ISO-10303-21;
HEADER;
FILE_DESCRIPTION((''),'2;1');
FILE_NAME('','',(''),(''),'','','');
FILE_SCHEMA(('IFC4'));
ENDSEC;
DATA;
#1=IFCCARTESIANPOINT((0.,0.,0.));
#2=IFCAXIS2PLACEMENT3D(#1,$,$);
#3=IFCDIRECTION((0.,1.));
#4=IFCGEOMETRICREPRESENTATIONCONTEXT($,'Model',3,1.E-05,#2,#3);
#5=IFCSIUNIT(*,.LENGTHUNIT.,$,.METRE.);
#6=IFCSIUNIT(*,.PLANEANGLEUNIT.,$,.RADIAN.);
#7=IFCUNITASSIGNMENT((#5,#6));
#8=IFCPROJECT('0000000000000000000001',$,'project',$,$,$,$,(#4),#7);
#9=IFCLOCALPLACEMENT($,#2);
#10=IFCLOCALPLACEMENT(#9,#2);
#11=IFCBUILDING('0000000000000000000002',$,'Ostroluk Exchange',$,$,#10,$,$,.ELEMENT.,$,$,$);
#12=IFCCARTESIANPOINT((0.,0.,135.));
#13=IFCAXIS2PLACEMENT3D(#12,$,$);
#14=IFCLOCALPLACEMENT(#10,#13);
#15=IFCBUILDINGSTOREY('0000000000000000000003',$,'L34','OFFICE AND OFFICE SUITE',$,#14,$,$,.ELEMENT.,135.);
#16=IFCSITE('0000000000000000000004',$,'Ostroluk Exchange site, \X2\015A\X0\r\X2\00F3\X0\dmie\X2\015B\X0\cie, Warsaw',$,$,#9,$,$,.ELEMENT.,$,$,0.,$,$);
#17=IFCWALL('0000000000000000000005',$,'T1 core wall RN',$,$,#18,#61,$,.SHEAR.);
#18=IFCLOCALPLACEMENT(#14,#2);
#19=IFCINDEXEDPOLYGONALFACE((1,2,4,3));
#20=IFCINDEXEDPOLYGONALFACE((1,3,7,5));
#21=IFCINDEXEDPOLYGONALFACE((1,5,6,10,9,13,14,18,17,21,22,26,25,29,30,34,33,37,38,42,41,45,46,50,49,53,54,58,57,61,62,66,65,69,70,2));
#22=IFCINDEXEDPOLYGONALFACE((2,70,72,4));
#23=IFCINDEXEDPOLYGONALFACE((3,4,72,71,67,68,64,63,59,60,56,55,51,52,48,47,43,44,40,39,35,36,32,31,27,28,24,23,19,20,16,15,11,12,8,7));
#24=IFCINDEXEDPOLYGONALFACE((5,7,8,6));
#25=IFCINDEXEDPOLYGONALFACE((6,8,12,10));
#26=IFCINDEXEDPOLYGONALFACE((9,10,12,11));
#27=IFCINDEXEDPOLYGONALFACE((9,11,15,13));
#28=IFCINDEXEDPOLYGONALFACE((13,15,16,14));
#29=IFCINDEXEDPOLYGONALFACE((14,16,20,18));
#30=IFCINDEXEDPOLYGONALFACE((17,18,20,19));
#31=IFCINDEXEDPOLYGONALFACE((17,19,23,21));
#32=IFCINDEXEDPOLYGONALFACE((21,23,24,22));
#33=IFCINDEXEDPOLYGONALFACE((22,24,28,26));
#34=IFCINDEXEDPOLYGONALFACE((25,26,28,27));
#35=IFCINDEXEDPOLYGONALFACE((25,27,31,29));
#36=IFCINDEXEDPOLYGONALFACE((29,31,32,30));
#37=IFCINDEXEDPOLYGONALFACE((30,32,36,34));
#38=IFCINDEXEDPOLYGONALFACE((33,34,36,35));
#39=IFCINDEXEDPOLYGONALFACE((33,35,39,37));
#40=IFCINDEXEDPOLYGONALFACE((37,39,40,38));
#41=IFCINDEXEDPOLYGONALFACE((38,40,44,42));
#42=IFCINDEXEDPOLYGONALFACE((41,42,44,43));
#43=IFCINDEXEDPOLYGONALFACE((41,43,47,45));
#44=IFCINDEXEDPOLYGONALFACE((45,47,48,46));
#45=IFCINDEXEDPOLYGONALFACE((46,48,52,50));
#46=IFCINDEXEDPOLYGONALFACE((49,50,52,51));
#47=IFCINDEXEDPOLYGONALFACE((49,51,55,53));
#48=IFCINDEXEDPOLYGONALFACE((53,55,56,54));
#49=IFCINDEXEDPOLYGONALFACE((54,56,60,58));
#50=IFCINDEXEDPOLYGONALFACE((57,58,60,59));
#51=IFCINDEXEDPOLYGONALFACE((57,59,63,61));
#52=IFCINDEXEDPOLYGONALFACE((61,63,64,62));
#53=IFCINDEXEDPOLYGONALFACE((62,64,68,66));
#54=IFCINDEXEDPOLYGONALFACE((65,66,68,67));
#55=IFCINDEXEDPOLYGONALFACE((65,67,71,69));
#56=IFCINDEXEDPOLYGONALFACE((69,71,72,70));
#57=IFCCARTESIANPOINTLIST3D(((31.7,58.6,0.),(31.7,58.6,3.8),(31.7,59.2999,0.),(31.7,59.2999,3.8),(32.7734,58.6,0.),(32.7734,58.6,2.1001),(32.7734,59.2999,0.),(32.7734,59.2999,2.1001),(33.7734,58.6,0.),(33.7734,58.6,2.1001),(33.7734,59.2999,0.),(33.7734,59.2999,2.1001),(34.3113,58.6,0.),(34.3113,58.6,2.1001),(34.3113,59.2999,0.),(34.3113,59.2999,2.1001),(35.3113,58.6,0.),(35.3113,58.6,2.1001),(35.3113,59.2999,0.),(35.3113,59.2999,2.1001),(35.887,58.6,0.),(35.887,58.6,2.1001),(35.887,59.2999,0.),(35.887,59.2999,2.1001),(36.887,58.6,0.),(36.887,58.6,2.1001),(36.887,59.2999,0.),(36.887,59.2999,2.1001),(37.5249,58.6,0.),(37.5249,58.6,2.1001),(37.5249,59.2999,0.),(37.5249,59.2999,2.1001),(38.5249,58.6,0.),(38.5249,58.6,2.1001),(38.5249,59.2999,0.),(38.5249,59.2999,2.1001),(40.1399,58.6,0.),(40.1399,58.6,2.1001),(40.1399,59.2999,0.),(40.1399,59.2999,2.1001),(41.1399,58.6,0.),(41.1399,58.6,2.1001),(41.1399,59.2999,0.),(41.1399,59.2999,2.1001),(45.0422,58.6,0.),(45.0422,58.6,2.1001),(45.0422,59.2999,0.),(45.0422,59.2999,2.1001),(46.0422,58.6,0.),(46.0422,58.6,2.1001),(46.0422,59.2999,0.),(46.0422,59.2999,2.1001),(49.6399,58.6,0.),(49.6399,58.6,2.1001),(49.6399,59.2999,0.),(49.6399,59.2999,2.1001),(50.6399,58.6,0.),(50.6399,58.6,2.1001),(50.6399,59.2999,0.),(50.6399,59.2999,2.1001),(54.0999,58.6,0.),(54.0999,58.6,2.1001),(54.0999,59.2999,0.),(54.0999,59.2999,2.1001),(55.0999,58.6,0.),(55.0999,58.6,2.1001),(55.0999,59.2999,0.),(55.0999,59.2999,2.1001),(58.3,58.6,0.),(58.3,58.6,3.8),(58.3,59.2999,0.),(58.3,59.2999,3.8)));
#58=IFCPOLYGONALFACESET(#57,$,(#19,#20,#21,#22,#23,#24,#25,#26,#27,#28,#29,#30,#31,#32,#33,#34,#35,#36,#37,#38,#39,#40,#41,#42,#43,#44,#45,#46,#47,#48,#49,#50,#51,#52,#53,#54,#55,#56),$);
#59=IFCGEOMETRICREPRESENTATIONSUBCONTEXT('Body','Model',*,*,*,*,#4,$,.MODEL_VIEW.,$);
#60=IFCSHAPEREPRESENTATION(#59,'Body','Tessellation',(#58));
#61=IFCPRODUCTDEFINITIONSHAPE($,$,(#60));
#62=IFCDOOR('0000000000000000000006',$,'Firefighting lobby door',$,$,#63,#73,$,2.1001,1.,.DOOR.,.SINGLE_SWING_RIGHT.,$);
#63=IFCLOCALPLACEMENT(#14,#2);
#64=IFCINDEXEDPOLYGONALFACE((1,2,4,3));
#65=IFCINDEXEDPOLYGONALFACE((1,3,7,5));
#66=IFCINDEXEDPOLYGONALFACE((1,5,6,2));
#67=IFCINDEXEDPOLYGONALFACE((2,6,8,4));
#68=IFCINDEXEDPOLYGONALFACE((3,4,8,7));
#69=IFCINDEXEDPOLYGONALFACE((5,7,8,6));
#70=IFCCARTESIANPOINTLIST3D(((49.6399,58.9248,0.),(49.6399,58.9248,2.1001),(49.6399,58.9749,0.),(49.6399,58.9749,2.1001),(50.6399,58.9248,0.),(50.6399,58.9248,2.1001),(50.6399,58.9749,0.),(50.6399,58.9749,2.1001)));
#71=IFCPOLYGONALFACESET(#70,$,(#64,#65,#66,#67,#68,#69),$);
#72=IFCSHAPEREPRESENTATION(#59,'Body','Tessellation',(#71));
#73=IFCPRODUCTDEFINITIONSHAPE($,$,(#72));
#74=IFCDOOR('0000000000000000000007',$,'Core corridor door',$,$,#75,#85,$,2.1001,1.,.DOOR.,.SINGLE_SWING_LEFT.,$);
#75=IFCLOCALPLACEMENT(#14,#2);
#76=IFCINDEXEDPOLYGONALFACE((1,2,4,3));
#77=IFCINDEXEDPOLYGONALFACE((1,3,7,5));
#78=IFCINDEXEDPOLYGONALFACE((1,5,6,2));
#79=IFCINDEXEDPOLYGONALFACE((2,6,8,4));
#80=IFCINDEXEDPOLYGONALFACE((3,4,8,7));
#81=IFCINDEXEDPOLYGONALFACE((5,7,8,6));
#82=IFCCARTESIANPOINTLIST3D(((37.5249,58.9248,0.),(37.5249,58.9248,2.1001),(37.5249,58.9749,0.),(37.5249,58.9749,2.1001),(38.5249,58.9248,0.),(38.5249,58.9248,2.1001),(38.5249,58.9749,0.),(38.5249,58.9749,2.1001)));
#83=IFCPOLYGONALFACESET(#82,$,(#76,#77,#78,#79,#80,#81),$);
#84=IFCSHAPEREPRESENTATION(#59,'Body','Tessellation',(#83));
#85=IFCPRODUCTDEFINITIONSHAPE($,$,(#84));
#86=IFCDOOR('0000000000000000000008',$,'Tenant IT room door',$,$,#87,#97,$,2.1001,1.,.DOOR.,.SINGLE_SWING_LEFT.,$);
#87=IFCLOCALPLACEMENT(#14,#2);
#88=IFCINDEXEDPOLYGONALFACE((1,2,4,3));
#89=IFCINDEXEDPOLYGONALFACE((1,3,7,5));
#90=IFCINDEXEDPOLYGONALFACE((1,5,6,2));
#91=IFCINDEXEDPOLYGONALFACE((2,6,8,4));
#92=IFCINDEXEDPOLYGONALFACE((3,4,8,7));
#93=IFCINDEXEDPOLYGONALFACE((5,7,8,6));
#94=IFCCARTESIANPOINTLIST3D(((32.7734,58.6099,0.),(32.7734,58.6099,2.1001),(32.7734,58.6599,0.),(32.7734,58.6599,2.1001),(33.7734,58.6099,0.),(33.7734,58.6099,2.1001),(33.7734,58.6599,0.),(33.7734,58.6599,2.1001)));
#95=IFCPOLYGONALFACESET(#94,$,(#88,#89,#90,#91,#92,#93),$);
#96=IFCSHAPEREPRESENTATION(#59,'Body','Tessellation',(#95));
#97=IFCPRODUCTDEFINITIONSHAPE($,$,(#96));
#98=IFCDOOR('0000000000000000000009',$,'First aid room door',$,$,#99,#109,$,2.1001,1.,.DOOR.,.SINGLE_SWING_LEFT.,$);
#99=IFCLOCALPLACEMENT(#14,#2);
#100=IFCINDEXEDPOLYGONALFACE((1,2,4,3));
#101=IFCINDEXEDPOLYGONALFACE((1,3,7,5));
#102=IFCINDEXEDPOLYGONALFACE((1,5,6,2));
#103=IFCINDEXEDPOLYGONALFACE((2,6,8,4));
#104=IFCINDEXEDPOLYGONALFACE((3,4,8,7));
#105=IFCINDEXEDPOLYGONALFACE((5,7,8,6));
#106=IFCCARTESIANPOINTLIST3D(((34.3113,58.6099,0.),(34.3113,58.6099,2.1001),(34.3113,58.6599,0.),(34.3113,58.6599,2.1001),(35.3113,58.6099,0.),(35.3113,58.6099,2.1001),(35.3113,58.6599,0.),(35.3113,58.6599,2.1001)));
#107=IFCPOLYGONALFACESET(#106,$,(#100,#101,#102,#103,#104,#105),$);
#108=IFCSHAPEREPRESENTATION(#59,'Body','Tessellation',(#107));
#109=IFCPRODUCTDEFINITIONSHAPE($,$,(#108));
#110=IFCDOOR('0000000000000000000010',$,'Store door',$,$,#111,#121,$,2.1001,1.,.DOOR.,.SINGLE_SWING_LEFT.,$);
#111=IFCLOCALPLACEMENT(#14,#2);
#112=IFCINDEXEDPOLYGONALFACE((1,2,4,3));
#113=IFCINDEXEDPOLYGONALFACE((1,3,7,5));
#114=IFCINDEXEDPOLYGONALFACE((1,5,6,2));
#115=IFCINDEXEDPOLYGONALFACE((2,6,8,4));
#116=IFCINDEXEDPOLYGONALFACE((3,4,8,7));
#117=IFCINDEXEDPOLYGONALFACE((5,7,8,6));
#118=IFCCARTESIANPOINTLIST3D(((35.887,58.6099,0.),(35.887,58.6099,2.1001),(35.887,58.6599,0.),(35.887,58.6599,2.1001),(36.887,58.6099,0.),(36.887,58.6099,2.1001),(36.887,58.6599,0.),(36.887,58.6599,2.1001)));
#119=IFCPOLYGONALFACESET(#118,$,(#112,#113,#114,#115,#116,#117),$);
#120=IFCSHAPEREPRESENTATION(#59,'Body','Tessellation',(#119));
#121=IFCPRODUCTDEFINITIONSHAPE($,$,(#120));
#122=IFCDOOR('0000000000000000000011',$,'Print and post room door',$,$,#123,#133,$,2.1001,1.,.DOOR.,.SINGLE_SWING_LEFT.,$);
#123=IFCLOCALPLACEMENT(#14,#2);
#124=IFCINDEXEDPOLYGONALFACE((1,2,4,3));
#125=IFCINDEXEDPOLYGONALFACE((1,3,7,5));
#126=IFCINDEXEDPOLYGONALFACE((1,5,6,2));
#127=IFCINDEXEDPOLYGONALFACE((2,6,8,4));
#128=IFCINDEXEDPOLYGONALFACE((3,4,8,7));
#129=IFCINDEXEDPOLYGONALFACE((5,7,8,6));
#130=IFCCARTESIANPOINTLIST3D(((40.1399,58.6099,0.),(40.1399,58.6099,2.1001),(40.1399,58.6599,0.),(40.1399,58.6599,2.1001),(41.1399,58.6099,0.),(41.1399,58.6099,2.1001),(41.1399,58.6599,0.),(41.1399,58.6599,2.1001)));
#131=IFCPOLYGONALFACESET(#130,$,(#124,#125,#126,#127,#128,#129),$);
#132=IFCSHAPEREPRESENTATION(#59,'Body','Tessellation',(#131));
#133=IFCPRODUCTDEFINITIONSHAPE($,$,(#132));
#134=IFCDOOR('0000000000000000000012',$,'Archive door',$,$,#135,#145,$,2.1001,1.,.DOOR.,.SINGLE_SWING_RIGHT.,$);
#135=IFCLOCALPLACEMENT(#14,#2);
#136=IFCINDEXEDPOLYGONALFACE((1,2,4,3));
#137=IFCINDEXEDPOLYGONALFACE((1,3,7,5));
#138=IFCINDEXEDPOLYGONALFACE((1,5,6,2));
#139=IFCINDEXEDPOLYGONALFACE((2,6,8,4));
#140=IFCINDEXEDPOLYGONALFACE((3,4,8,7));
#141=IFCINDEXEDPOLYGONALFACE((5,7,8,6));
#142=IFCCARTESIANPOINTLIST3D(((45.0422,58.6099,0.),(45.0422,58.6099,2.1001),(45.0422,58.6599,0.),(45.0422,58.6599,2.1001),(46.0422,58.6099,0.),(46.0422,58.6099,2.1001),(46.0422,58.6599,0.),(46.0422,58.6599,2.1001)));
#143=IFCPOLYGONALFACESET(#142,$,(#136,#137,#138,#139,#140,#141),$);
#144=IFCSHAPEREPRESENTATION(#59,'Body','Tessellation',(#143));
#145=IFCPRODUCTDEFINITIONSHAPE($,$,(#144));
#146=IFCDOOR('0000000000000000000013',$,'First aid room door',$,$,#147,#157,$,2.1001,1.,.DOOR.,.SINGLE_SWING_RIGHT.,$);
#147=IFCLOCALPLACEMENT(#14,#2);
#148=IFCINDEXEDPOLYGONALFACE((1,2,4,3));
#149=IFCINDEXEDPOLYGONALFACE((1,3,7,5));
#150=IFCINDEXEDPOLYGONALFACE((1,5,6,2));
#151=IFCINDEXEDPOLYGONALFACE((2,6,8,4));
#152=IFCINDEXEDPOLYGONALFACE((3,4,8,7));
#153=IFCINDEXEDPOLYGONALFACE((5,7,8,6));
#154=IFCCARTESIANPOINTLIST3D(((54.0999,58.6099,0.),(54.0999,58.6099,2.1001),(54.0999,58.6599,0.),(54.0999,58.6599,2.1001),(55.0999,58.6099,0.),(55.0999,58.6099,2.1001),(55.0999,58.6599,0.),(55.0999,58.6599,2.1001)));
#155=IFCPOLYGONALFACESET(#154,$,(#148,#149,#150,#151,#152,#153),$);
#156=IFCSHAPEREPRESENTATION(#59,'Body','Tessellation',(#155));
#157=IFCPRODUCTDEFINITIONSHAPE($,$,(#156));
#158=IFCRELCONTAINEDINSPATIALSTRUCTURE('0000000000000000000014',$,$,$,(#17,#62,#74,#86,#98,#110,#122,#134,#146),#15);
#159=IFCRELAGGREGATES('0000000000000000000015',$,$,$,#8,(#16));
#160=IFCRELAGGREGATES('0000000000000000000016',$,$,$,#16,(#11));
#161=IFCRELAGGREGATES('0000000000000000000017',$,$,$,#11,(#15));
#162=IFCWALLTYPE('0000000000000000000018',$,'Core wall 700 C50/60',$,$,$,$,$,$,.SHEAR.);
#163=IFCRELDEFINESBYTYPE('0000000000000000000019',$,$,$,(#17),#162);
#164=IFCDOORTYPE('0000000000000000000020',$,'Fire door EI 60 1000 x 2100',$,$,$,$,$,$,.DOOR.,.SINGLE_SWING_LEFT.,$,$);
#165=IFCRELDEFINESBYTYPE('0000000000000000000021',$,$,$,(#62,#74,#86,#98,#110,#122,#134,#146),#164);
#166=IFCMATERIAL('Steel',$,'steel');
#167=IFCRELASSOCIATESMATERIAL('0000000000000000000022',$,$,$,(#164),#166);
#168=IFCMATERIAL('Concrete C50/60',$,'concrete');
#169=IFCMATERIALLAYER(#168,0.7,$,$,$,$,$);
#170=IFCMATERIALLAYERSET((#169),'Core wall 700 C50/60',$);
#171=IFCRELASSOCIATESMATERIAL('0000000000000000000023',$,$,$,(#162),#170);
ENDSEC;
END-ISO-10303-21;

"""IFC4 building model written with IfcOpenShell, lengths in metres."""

from ifc_helpers import new_model, si_unit, direction, frame, frame_2d, origin, place, context, subcontext, project, spatial, rectangle, extrude, material, layer, layer_set, type_object, element, fill, save


model = new_model("IFC4")

# Units and contexts
model_context = context("Model", 3, precision=1e-05, world=origin(), true_north=direction((0.0, 1.0)))
body_context = subcontext(model_context, "Body", "Model", "MODEL_VIEW")
ifc_project = project(units=[si_unit("LENGTHUNIT", "METRE"), si_unit("PLANEANGLEUNIT", "RADIAN")], contexts=[model_context])

# Site, building, storey
site_placement = place(None, origin())
site = spatial("IfcSite", under=ifc_project, at=site_placement, Name="Ostroluk Exchange site, Śródmieście, Warsaw", CompositionType="ELEMENT", RefElevation=0.0)
building_placement = place(site_placement, origin())
building = spatial("IfcBuilding", under=site, at=building_placement, Name="Ostroluk Exchange", CompositionType="ELEMENT")
storey_placement = place(building_placement, frame((0.0, 0.0, 135.0)))
storey = spatial("IfcBuildingStorey", under=building, at=storey_placement, Name="L34", Description="OFFICE AND OFFICE SUITE", CompositionType="ELEMENT", Elevation=135.0)

# Wall, openings, doors
ifc_material_1 = material(Name="Steel", Category="steel")
door_type = type_object("IfcDoorType", Name="Fire door EI 60 1000 x 2100", OperationType="SINGLE_SWING_LEFT", PredefinedType="DOOR", material=ifc_material_1)
ifc_material_2 = material(Name="Concrete C50/60", Category="concrete")
ifc_layer_1 = layer(ifc_material_2, 0.7)
ifc_layer_set_1 = layer_set([ifc_layer_1], Name="Core wall 700 C50/60")
wall_type_1 = type_object("IfcWallType", Name="Core wall 700 C50/60", PredefinedType="SHEAR", material=ifc_layer_set_1)
wall_1_placement = place(storey_placement, frame((31.7, 58.95, 0.0), z_axis=(0.0, 0.0, 1.0), x_axis=(1.0, 0.0, 0.0)))
wall_1 = element("IfcWall", 1, at=wall_1_placement, inside=storey, type_object=wall_type_1, Name="T1 core wall RN", PredefinedType="SHEAR", context=body_context, shape_type="SweptSolid", body=[
    extrude(rectangle(XDim=26.6001, YDim=0.7, at=frame_2d((13.3, 0.0))), origin(), (0.0, 0.0, 1.0), 3.8),
])
opening_1_placement = place(wall_1_placement, frame((17.9399, 0.0, 0.0)))
opening_1 = element("IfcOpeningElement", 2, at=opening_1_placement, cuts=wall_1, PredefinedType="OPENING", context=body_context, shape_type="SweptSolid", body=[
    extrude(rectangle(XDim=1.0, YDim=2.1001, at=frame_2d((0.5, 1.05))), frame((0.0, 0.3599, 0.0), z_axis=(0.0, -1.0, 0.0), x_axis=(1.0, 0.0, 0.0)), (0.0, 0.0, 1.0), 0.72),
])
opening_2_placement = place(wall_1_placement, frame((5.825, 0.0, 0.0)))
opening_2 = element("IfcOpeningElement", 3, at=opening_2_placement, cuts=wall_1, PredefinedType="OPENING", context=body_context, shape_type="SweptSolid", body=[
    extrude(rectangle(XDim=1.0, YDim=2.1001, at=frame_2d((0.5, 1.05))), frame((0.0, 0.3599, 0.0), z_axis=(0.0, -1.0, 0.0), x_axis=(1.0, 0.0, 0.0)), (0.0, 0.0, 1.0), 0.72),
])
opening_3_placement = place(wall_1_placement, frame((1.0735, 0.0, 0.0)))
opening_3 = element("IfcOpeningElement", 4, at=opening_3_placement, cuts=wall_1, PredefinedType="OPENING", context=body_context, shape_type="SweptSolid", body=[
    extrude(rectangle(XDim=1.0, YDim=2.1001, at=frame_2d((0.5, 1.05))), frame((0.0, 0.3599, 0.0), z_axis=(0.0, -1.0, 0.0), x_axis=(1.0, 0.0, 0.0)), (0.0, 0.0, 1.0), 0.72),
])
opening_4_placement = place(wall_1_placement, frame((2.6113, 0.0, 0.0)))
opening_4 = element("IfcOpeningElement", 5, at=opening_4_placement, cuts=wall_1, PredefinedType="OPENING", context=body_context, shape_type="SweptSolid", body=[
    extrude(rectangle(XDim=1.0, YDim=2.1001, at=frame_2d((0.5, 1.05))), frame((0.0, 0.3599, 0.0), z_axis=(0.0, -1.0, 0.0), x_axis=(1.0, 0.0, 0.0)), (0.0, 0.0, 1.0), 0.72),
])
opening_5_placement = place(wall_1_placement, frame((4.187, 0.0, 0.0)))
opening_5 = element("IfcOpeningElement", 6, at=opening_5_placement, cuts=wall_1, PredefinedType="OPENING", context=body_context, shape_type="SweptSolid", body=[
    extrude(rectangle(XDim=1.0, YDim=2.1001, at=frame_2d((0.5, 1.05))), frame((0.0, 0.3599, 0.0), z_axis=(0.0, -1.0, 0.0), x_axis=(1.0, 0.0, 0.0)), (0.0, 0.0, 1.0), 0.72),
])
opening_6_placement = place(wall_1_placement, frame((8.4399, 0.0, 0.0)))
opening_6 = element("IfcOpeningElement", 7, at=opening_6_placement, cuts=wall_1, PredefinedType="OPENING", context=body_context, shape_type="SweptSolid", body=[
    extrude(rectangle(XDim=1.0, YDim=2.1001, at=frame_2d((0.5, 1.05))), frame((0.0, 0.3599, 0.0), z_axis=(0.0, -1.0, 0.0), x_axis=(1.0, 0.0, 0.0)), (0.0, 0.0, 1.0), 0.72),
])
opening_7_placement = place(wall_1_placement, frame((13.3423, 0.0, 0.0)))
opening_7 = element("IfcOpeningElement", 8, at=opening_7_placement, cuts=wall_1, PredefinedType="OPENING", context=body_context, shape_type="SweptSolid", body=[
    extrude(rectangle(XDim=1.0, YDim=2.1001, at=frame_2d((0.5, 1.05))), frame((0.0, 0.3599, 0.0), z_axis=(0.0, -1.0, 0.0), x_axis=(1.0, 0.0, 0.0)), (0.0, 0.0, 1.0), 0.72),
])
opening_8_placement = place(wall_1_placement, frame((22.3999, 0.0, 0.0)))
opening_8 = element("IfcOpeningElement", 9, at=opening_8_placement, cuts=wall_1, PredefinedType="OPENING", context=body_context, shape_type="SweptSolid", body=[
    extrude(rectangle(XDim=1.0, YDim=2.1001, at=frame_2d((0.5, 1.05))), frame((0.0, 0.3599, 0.0), z_axis=(0.0, -1.0, 0.0), x_axis=(1.0, 0.0, 0.0)), (0.0, 0.0, 1.0), 0.72),
])
door_1_placement = place(opening_1_placement, origin())
door_1 = element("IfcDoor", 10, at=door_1_placement, inside=storey, type_object=door_type, Name="Firefighting lobby door", OperationType="SINGLE_SWING_RIGHT", OverallHeight=2.1001, OverallWidth=1.0, PredefinedType="DOOR", context=body_context, shape_type="SweptSolid", body=[
    extrude(rectangle(XDim=1.0, YDim=2.1001, at=frame_2d((0.5, 1.05))), frame((0.0, 0.0249, 0.0), z_axis=(0.0, -1.0, 0.0), x_axis=(1.0, 0.0, 0.0)), (0.0, 0.0, 1.0), 0.05),
])
fill(opening_1, door_1)
door_2_placement = place(opening_2_placement, origin())
door_2 = element("IfcDoor", 11, at=door_2_placement, inside=storey, type_object=door_type, Name="Core corridor door", OperationType="SINGLE_SWING_LEFT", OverallHeight=2.1001, OverallWidth=1.0, PredefinedType="DOOR", context=body_context, shape_type="SweptSolid", body=[
    extrude(rectangle(XDim=1.0, YDim=2.1001, at=frame_2d((0.5, 1.05))), frame((0.0, 0.0249, 0.0), z_axis=(0.0, -1.0, 0.0), x_axis=(1.0, 0.0, 0.0)), (0.0, 0.0, 1.0), 0.05),
])
fill(opening_2, door_2)
door_3_placement = place(opening_3_placement, origin())
door_3 = element("IfcDoor", 12, at=door_3_placement, inside=storey, type_object=door_type, Name="Tenant IT room door", OperationType="SINGLE_SWING_LEFT", OverallHeight=2.1001, OverallWidth=1.0, PredefinedType="DOOR", context=body_context, shape_type="SweptSolid", body=[
    extrude(rectangle(XDim=1.0, YDim=2.1001, at=frame_2d((0.5, 1.05))), frame((0.0, -0.29, 0.0), z_axis=(0.0, -1.0, 0.0), x_axis=(1.0, 0.0, 0.0)), (0.0, 0.0, 1.0), 0.05),
])
fill(opening_3, door_3)
door_4_placement = place(opening_4_placement, origin())
door_4 = element("IfcDoor", 13, at=door_4_placement, inside=storey, type_object=door_type, Name="First aid room door", OperationType="SINGLE_SWING_LEFT", OverallHeight=2.1001, OverallWidth=1.0, PredefinedType="DOOR", context=body_context, shape_type="SweptSolid", body=[
    extrude(rectangle(XDim=1.0, YDim=2.1001, at=frame_2d((0.5, 1.05))), frame((0.0, -0.29, 0.0), z_axis=(0.0, -1.0, 0.0), x_axis=(1.0, 0.0, 0.0)), (0.0, 0.0, 1.0), 0.05),
])
fill(opening_4, door_4)
door_5_placement = place(opening_5_placement, origin())
door_5 = element("IfcDoor", 14, at=door_5_placement, inside=storey, type_object=door_type, Name="Store door", OperationType="SINGLE_SWING_LEFT", OverallHeight=2.1001, OverallWidth=1.0, PredefinedType="DOOR", context=body_context, shape_type="SweptSolid", body=[
    extrude(rectangle(XDim=1.0, YDim=2.1001, at=frame_2d((0.5, 1.05))), frame((0.0, -0.29, 0.0), z_axis=(0.0, -1.0, 0.0), x_axis=(1.0, 0.0, 0.0)), (0.0, 0.0, 1.0), 0.05),
])
fill(opening_5, door_5)
door_6_placement = place(opening_6_placement, origin())
door_6 = element("IfcDoor", 15, at=door_6_placement, inside=storey, type_object=door_type, Name="Print and post room door", OperationType="SINGLE_SWING_LEFT", OverallHeight=2.1001, OverallWidth=1.0, PredefinedType="DOOR", context=body_context, shape_type="SweptSolid", body=[
    extrude(rectangle(XDim=1.0, YDim=2.1001, at=frame_2d((0.5, 1.05))), frame((0.0, -0.29, 0.0), z_axis=(0.0, -1.0, 0.0), x_axis=(1.0, 0.0, 0.0)), (0.0, 0.0, 1.0), 0.05),
])
fill(opening_6, door_6)
door_7_placement = place(opening_7_placement, origin())
door_7 = element("IfcDoor", 16, at=door_7_placement, inside=storey, type_object=door_type, Name="Archive door", OperationType="SINGLE_SWING_RIGHT", OverallHeight=2.1001, OverallWidth=1.0, PredefinedType="DOOR", context=body_context, shape_type="SweptSolid", body=[
    extrude(rectangle(XDim=1.0, YDim=2.1001, at=frame_2d((0.5, 1.05))), frame((0.0, -0.29, 0.0), z_axis=(0.0, -1.0, 0.0), x_axis=(1.0, 0.0, 0.0)), (0.0, 0.0, 1.0), 0.05),
])
fill(opening_7, door_7)
door_8_placement = place(opening_8_placement, origin())
door_8 = element("IfcDoor", 17, at=door_8_placement, inside=storey, type_object=door_type, Name="First aid room door", OperationType="SINGLE_SWING_RIGHT", OverallHeight=2.1001, OverallWidth=1.0, PredefinedType="DOOR", context=body_context, shape_type="SweptSolid", body=[
    extrude(rectangle(XDim=1.0, YDim=2.1001, at=frame_2d((0.5, 1.05))), frame((0.0, -0.29, 0.0), z_axis=(0.0, -1.0, 0.0), x_axis=(1.0, 0.0, 0.0)), (0.0, 0.0, 1.0), 0.05),
])
fill(opening_8, door_8)

save(model, "model.ifc")
